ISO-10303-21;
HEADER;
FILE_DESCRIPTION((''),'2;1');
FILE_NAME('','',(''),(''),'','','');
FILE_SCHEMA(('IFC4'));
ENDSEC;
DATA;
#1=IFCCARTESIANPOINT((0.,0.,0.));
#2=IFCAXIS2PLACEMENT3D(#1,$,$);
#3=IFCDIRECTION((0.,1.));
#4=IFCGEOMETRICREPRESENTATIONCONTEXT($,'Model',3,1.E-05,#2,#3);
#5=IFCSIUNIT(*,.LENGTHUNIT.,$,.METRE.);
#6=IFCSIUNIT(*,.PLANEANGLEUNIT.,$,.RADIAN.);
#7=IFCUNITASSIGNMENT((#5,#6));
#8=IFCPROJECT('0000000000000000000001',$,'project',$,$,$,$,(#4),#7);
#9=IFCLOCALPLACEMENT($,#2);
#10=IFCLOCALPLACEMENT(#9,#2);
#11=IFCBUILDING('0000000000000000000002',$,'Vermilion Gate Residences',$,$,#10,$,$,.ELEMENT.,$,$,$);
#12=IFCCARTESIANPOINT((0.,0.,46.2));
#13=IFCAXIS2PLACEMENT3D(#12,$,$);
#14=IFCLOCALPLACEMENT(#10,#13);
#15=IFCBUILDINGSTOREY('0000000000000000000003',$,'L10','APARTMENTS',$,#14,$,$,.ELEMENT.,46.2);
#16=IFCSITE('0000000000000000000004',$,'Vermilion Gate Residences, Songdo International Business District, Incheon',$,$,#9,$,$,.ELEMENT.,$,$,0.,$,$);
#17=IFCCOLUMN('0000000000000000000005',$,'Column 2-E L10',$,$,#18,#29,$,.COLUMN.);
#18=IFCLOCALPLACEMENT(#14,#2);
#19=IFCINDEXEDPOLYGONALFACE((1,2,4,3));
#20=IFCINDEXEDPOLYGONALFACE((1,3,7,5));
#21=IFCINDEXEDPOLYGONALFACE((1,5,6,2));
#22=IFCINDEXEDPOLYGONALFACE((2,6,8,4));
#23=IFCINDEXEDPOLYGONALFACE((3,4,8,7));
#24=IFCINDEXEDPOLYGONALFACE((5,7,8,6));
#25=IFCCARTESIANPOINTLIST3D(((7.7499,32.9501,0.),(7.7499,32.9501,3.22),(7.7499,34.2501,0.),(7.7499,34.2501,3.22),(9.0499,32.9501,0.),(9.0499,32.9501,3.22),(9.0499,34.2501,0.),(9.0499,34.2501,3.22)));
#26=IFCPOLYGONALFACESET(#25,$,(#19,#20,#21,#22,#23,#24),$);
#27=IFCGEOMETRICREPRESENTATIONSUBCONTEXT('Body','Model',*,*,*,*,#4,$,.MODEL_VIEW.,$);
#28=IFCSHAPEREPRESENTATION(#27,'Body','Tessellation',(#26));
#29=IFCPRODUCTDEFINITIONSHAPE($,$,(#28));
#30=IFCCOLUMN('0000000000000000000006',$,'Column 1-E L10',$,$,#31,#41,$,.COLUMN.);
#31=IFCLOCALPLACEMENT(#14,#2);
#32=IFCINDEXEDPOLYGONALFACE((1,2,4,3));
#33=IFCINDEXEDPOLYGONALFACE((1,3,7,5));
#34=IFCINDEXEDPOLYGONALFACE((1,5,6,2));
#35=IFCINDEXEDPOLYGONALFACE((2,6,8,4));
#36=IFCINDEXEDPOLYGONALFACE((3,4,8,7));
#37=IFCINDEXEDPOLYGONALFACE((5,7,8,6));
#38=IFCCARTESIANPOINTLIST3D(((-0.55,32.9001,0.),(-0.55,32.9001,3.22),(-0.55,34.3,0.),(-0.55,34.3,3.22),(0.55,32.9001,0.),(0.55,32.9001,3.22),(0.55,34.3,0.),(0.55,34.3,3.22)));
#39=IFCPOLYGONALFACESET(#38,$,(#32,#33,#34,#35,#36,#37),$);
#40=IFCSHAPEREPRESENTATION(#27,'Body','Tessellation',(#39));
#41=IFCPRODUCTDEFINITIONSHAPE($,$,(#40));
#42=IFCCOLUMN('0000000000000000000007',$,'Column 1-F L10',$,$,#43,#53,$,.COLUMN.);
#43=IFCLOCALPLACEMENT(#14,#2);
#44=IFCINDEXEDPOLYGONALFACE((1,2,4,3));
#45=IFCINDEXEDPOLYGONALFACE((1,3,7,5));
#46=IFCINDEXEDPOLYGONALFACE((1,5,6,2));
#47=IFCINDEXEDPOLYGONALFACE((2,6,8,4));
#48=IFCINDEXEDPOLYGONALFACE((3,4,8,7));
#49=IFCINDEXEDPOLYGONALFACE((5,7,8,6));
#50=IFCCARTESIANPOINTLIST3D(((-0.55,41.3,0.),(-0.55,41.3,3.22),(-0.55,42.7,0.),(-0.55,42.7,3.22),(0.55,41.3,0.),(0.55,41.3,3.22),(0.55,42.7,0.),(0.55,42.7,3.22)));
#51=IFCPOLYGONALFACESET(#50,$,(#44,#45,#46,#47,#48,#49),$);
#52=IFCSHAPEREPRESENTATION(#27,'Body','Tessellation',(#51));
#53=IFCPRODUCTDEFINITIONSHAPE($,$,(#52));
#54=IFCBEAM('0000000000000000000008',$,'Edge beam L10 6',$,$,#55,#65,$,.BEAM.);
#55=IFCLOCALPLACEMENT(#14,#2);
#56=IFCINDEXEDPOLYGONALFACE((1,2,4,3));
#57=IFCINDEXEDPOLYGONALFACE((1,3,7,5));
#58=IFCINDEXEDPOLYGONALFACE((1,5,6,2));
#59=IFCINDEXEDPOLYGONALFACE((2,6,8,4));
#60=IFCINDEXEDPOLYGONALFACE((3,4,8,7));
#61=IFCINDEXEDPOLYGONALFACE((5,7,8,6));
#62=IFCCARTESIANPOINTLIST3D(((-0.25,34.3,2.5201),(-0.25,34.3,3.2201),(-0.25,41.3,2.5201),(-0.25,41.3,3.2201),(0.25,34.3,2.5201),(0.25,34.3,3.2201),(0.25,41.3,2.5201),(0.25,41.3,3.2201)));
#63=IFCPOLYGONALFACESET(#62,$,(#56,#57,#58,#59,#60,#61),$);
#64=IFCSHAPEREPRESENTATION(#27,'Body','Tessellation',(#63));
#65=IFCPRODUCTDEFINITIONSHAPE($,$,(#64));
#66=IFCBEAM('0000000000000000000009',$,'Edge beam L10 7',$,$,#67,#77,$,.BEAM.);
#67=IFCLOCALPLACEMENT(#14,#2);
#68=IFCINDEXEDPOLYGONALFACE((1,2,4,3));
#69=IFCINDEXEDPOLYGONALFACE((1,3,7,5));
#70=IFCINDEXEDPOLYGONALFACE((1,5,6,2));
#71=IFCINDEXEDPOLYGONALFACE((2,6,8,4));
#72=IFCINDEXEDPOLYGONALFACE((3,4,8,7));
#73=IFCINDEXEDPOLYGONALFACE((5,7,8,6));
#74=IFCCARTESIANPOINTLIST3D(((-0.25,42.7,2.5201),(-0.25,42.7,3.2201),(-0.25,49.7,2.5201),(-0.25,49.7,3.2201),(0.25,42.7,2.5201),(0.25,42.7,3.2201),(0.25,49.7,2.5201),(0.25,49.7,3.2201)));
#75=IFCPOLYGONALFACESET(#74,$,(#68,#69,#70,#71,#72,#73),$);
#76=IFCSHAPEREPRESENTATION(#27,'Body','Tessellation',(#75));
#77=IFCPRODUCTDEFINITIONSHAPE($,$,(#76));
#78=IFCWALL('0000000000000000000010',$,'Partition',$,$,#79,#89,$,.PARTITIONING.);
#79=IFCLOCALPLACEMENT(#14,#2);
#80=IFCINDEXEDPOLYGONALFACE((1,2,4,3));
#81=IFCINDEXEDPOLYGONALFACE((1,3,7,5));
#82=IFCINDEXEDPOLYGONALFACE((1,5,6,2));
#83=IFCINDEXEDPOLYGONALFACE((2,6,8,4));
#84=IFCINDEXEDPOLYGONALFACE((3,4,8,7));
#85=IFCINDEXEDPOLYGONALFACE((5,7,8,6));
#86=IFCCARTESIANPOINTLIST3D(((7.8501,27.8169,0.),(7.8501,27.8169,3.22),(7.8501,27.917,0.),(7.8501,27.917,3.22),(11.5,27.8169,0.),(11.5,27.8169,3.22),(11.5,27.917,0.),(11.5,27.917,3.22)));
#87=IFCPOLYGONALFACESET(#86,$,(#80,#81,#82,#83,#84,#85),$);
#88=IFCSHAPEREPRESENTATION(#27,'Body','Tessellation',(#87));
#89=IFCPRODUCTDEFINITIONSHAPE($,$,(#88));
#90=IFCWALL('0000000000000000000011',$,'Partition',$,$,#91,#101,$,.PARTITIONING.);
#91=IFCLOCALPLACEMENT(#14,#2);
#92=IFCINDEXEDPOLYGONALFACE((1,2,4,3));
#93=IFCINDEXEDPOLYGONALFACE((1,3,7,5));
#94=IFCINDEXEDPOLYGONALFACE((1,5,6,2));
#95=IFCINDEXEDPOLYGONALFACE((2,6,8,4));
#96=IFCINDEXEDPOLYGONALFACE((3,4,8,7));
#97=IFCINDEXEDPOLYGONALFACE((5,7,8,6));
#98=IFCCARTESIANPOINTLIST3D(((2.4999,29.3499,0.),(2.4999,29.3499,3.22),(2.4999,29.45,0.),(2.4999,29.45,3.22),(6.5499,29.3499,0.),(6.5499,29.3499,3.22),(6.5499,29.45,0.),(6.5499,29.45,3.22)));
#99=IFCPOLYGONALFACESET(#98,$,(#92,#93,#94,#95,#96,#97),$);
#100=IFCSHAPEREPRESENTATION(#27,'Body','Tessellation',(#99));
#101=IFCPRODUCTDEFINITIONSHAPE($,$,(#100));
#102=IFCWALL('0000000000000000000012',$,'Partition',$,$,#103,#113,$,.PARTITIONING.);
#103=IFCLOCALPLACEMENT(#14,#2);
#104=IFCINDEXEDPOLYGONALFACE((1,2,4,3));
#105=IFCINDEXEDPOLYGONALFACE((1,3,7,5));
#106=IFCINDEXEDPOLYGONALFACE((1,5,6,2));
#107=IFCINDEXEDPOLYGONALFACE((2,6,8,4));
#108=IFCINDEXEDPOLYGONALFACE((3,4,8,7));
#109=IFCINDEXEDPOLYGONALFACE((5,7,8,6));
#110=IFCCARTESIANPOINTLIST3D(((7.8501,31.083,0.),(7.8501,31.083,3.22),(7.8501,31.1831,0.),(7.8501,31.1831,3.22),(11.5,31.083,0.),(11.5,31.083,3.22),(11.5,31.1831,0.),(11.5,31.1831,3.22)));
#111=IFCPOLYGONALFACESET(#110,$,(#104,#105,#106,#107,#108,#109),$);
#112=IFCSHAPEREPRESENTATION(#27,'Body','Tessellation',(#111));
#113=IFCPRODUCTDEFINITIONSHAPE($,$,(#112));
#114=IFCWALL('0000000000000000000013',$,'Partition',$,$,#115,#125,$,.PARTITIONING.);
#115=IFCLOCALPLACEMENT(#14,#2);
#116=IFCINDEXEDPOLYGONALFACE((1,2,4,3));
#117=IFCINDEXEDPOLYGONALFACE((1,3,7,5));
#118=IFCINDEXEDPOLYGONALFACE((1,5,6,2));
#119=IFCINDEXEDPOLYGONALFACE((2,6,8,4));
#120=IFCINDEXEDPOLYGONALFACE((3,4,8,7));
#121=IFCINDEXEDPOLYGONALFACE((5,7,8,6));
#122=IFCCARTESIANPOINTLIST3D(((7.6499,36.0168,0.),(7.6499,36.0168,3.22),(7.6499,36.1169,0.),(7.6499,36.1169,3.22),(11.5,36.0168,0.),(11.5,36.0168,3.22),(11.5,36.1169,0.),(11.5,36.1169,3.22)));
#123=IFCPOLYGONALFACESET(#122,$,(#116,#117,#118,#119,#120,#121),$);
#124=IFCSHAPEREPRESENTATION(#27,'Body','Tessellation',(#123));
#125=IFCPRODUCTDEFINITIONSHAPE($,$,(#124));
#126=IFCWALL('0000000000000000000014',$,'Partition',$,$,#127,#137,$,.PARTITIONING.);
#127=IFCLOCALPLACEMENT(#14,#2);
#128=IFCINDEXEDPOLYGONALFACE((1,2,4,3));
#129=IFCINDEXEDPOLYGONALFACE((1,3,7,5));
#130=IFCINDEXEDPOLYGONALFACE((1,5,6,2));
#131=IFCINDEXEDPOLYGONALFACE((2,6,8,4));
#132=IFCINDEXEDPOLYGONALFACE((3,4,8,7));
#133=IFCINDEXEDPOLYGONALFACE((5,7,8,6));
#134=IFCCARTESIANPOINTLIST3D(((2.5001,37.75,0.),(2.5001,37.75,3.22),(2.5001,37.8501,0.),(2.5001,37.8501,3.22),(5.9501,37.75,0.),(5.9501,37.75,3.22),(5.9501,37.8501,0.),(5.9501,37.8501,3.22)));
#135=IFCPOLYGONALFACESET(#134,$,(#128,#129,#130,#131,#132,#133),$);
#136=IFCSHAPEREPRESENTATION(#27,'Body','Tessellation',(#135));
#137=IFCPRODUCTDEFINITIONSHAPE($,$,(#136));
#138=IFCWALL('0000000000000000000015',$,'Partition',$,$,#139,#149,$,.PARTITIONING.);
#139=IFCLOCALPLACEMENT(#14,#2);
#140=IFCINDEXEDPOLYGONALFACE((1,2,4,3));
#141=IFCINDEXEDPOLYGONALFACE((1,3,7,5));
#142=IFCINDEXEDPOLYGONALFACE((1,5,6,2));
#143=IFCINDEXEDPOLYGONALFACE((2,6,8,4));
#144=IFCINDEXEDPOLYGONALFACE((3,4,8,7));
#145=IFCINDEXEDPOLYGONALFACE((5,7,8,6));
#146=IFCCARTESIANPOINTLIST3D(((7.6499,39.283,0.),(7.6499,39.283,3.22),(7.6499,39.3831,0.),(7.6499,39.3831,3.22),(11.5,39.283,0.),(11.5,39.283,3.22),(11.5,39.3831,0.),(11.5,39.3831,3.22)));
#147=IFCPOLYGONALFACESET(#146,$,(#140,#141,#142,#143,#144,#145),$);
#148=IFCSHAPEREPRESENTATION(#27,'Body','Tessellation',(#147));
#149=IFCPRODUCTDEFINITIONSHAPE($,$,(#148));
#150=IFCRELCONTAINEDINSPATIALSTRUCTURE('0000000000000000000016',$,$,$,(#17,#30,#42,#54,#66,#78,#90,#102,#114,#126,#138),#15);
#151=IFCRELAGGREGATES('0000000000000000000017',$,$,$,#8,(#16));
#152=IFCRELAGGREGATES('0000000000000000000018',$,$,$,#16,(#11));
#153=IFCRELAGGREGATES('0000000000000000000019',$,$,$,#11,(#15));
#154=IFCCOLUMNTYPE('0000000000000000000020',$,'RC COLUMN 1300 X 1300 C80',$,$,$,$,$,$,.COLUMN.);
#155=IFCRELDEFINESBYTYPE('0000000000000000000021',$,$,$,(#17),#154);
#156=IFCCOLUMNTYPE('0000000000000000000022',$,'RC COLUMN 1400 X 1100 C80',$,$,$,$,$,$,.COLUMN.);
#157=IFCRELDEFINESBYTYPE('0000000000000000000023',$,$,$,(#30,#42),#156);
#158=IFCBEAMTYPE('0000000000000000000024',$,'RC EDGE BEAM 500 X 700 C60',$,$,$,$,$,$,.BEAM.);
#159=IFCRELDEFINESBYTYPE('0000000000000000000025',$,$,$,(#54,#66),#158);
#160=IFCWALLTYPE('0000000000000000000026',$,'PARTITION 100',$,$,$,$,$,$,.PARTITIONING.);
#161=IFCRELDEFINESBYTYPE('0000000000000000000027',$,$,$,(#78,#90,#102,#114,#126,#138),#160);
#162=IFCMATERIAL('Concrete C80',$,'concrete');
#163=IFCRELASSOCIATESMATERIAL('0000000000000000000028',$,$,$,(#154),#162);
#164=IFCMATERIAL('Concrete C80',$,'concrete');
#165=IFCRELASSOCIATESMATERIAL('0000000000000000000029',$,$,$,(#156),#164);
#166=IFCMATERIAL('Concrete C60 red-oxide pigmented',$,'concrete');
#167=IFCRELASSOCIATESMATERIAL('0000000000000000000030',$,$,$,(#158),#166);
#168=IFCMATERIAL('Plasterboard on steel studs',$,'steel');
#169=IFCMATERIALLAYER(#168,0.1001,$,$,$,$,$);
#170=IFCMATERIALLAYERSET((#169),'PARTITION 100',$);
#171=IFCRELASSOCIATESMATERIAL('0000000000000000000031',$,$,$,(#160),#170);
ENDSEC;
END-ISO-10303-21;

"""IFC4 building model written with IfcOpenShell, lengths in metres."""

from ifc_helpers import new_model, si_unit, direction, frame, frame_2d, origin, origin_2d, place, context, subcontext, project, spatial, rectangle, extrude, material, layer, layer_set, material_profile, profile_set, type_object, element, save


model = new_model("IFC4")

# Units and contexts
model_context = context("Model", 3, precision=1e-05, world=origin(), true_north=direction((0.0, 1.0)))
body_context = subcontext(model_context, "Body", "Model", "MODEL_VIEW")
ifc_project = project(units=[si_unit("LENGTHUNIT", "METRE"), si_unit("PLANEANGLEUNIT", "RADIAN")], contexts=[model_context])

# Site, building, storey
site_placement = place(None, origin())
site = spatial("IfcSite", under=ifc_project, at=site_placement, Name="Vermilion Gate Residences, Songdo International Business District, Incheon", CompositionType="ELEMENT", RefElevation=0.0)
building_placement = place(site_placement, origin())
building = spatial("IfcBuilding", under=site, at=building_placement, Name="Vermilion Gate Residences", CompositionType="ELEMENT")
storey_placement = place(building_placement, frame((0.0, 0.0, 46.2)))
storey = spatial("IfcBuildingStorey", under=building, at=storey_placement, Name="L10", Description="APARTMENTS", CompositionType="ELEMENT", Elevation=46.2)

# Columns
ifc_material_1 = material(Name="Concrete C80", Category="concrete")
ifc_material_profile_1 = material_profile(ifc_material_1, rectangle(XDim=1.3, YDim=1.3, at=origin_2d()), Name="RC-1300x1300")
ifc_profile_set_1 = profile_set([ifc_material_profile_1], Name="Concrete C80")
column_type_1 = type_object("IfcColumnType", Name="RC COLUMN 1300 X 1300 C80", PredefinedType="COLUMN", material=ifc_profile_set_1)
column_placement = place(storey_placement, frame((8.3999, 33.6001, 0.0), z_axis=(0.0, 0.0, 1.0), x_axis=(1.0, 0.0, 0.0)))
element("IfcColumn", 1, at=column_placement, inside=storey, type_object=column_type_1, Name="Column 2-E L10", PredefinedType="COLUMN", context=body_context, shape_type="SweptSolid", body=[
    extrude(rectangle(XDim=1.3, YDim=1.3, at=origin_2d()), origin(), (0.0, 0.0, 1.0), 3.22),
])
ifc_material_2 = material(Name="Concrete C80", Category="concrete")
ifc_material_profile_2 = material_profile(ifc_material_2, rectangle(XDim=1.3999, YDim=1.1001, at=origin_2d()), Name="RC-1400x1100")
ifc_profile_set_2 = profile_set([ifc_material_profile_2], Name="Concrete C80")
column_type_2 = type_object("IfcColumnType", Name="RC COLUMN 1400 X 1100 C80", PredefinedType="COLUMN", material=ifc_profile_set_2)
for number, where, z_axis, x_axis, name in (
    (2, (0.0, 33.6001, 0.0), (0.0, 0.0, 1.0), (0.0, 1.0, 0.0), "Column 1-E L10"),
    (3, (0.0, 42.0, 0.0), (0.0, 0.0, 1.0), (0.0, 1.0, 0.0), "Column 1-F L10"),
):
    element("IfcColumn", number, at=place(storey_placement, frame(where, z_axis=z_axis, x_axis=x_axis)), inside=storey, type_object=column_type_2, Name=name, PredefinedType="COLUMN", context=body_context, shape_type="SweptSolid", body=[
        extrude(rectangle(XDim=1.3999, YDim=1.1001, at=origin_2d()), origin(), (0.0, 0.0, 1.0), 3.22),
    ])

# Beams
ifc_material_3 = material(Name="Concrete C60 red-oxide pigmented", Category="concrete")
ifc_material_profile_3 = material_profile(ifc_material_3, rectangle(XDim=0.5, YDim=0.7, at=origin_2d()), Name="RC-500x700")
ifc_profile_set_3 = profile_set([ifc_material_profile_3], Name="Concrete C60 red-oxide pigmented")
beam_type = type_object("IfcBeamType", Name="RC EDGE BEAM 500 X 700 C60", PredefinedType="BEAM", material=ifc_profile_set_3)
for number, where, z_axis, x_axis, name in (
    (4, (0.0, 34.3, 2.8701), (0.0, 1.0, 0.0), (-1.0, 0.0, 0.0), "Edge beam L10 6"),
    (5, (0.0, 42.7, 2.8701), (0.0, 1.0, 0.0), (-1.0, 0.0, 0.0), "Edge beam L10 7"),
):
    element("IfcBeam", number, at=place(storey_placement, frame(where, z_axis=z_axis, x_axis=x_axis)), inside=storey, type_object=beam_type, Name=name, PredefinedType="BEAM", context=body_context, shape_type="SweptSolid", body=[
        extrude(rectangle(XDim=0.5, YDim=0.7, at=origin_2d()), origin(), (0.0, 0.0, 1.0), 7.0),
    ])

# Walls
ifc_material_4 = material(Name="Plasterboard on steel studs", Category="steel")
ifc_layer_1 = layer(ifc_material_4, 0.1001)
ifc_layer_set_1 = layer_set([ifc_layer_1], Name="PARTITION 100")
wall_type_1 = type_object("IfcWallType", Name="PARTITION 100", PredefinedType="PARTITIONING", material=ifc_layer_set_1)
wall_1_placement = place(storey_placement, frame((7.8501, 27.8669, 0.0), z_axis=(0.0, 0.0, 1.0), x_axis=(1.0, 0.0, 0.0)))
element("IfcWall", 6, at=wall_1_placement, inside=storey, type_object=wall_type_1, Name="Partition", PredefinedType="PARTITIONING", context=body_context, shape_type="SweptSolid", body=[
    extrude(rectangle(XDim=3.6499, YDim=0.1001, at=frame_2d((1.825, 0.0))), origin(), (0.0, 0.0, 1.0), 3.22),
])
wall_2_placement = place(storey_placement, frame((2.5, 29.3999, 0.0), z_axis=(0.0, 0.0, 1.0), x_axis=(1.0, 0.0, 0.0)))
element("IfcWall", 7, at=wall_2_placement, inside=storey, type_object=wall_type_1, Name="Partition", PredefinedType="PARTITIONING", context=body_context, shape_type="SweptSolid", body=[
    extrude(rectangle(XDim=4.05, YDim=0.1001, at=frame_2d((2.0249, 0.0))), origin(), (0.0, 0.0, 1.0), 3.22),
])
wall_3_placement = place(storey_placement, frame((7.8501, 31.1331, 0.0), z_axis=(0.0, 0.0, 1.0), x_axis=(1.0, 0.0, 0.0)))
element("IfcWall", 8, at=wall_3_placement, inside=storey, type_object=wall_type_1, Name="Partition", PredefinedType="PARTITIONING", context=body_context, shape_type="SweptSolid", body=[
    extrude(rectangle(XDim=3.6499, YDim=0.1001, at=frame_2d((1.825, 0.0))), origin(), (0.0, 0.0, 1.0), 3.22),
])
wall_4_placement = place(storey_placement, frame((7.6499, 36.0669, 0.0), z_axis=(0.0, 0.0, 1.0), x_axis=(1.0, 0.0, 0.0)))
element("IfcWall", 9, at=wall_4_placement, inside=storey, type_object=wall_type_1, Name="Partition", PredefinedType="PARTITIONING", context=body_context, shape_type="SweptSolid", body=[
    extrude(rectangle(XDim=3.8501, YDim=0.1001, at=frame_2d((1.925, 0.0))), origin(), (0.0, 0.0, 1.0), 3.22),
])
wall_5_placement = place(storey_placement, frame((2.5, 37.8, 0.0), z_axis=(0.0, 0.0, 1.0), x_axis=(1.0, 0.0, 0.0)))
element("IfcWall", 10, at=wall_5_placement, inside=storey, type_object=wall_type_1, Name="Partition", PredefinedType="PARTITIONING", context=body_context, shape_type="SweptSolid", body=[
    extrude(rectangle(XDim=3.45, YDim=0.1001, at=frame_2d((1.7251, 0.0))), origin(), (0.0, 0.0, 1.0), 3.22),
])
wall_6_placement = place(storey_placement, frame((7.6499, 39.333, 0.0), z_axis=(0.0, 0.0, 1.0), x_axis=(1.0, 0.0, 0.0)))
element("IfcWall", 11, at=wall_6_placement, inside=storey, type_object=wall_type_1, Name="Partition", PredefinedType="PARTITIONING", context=body_context, shape_type="SweptSolid", body=[
    extrude(rectangle(XDim=3.8501, YDim=0.1001, at=frame_2d((1.925, 0.0))), origin(), (0.0, 0.0, 1.0), 3.22),
])

save(model, "model.ifc")
